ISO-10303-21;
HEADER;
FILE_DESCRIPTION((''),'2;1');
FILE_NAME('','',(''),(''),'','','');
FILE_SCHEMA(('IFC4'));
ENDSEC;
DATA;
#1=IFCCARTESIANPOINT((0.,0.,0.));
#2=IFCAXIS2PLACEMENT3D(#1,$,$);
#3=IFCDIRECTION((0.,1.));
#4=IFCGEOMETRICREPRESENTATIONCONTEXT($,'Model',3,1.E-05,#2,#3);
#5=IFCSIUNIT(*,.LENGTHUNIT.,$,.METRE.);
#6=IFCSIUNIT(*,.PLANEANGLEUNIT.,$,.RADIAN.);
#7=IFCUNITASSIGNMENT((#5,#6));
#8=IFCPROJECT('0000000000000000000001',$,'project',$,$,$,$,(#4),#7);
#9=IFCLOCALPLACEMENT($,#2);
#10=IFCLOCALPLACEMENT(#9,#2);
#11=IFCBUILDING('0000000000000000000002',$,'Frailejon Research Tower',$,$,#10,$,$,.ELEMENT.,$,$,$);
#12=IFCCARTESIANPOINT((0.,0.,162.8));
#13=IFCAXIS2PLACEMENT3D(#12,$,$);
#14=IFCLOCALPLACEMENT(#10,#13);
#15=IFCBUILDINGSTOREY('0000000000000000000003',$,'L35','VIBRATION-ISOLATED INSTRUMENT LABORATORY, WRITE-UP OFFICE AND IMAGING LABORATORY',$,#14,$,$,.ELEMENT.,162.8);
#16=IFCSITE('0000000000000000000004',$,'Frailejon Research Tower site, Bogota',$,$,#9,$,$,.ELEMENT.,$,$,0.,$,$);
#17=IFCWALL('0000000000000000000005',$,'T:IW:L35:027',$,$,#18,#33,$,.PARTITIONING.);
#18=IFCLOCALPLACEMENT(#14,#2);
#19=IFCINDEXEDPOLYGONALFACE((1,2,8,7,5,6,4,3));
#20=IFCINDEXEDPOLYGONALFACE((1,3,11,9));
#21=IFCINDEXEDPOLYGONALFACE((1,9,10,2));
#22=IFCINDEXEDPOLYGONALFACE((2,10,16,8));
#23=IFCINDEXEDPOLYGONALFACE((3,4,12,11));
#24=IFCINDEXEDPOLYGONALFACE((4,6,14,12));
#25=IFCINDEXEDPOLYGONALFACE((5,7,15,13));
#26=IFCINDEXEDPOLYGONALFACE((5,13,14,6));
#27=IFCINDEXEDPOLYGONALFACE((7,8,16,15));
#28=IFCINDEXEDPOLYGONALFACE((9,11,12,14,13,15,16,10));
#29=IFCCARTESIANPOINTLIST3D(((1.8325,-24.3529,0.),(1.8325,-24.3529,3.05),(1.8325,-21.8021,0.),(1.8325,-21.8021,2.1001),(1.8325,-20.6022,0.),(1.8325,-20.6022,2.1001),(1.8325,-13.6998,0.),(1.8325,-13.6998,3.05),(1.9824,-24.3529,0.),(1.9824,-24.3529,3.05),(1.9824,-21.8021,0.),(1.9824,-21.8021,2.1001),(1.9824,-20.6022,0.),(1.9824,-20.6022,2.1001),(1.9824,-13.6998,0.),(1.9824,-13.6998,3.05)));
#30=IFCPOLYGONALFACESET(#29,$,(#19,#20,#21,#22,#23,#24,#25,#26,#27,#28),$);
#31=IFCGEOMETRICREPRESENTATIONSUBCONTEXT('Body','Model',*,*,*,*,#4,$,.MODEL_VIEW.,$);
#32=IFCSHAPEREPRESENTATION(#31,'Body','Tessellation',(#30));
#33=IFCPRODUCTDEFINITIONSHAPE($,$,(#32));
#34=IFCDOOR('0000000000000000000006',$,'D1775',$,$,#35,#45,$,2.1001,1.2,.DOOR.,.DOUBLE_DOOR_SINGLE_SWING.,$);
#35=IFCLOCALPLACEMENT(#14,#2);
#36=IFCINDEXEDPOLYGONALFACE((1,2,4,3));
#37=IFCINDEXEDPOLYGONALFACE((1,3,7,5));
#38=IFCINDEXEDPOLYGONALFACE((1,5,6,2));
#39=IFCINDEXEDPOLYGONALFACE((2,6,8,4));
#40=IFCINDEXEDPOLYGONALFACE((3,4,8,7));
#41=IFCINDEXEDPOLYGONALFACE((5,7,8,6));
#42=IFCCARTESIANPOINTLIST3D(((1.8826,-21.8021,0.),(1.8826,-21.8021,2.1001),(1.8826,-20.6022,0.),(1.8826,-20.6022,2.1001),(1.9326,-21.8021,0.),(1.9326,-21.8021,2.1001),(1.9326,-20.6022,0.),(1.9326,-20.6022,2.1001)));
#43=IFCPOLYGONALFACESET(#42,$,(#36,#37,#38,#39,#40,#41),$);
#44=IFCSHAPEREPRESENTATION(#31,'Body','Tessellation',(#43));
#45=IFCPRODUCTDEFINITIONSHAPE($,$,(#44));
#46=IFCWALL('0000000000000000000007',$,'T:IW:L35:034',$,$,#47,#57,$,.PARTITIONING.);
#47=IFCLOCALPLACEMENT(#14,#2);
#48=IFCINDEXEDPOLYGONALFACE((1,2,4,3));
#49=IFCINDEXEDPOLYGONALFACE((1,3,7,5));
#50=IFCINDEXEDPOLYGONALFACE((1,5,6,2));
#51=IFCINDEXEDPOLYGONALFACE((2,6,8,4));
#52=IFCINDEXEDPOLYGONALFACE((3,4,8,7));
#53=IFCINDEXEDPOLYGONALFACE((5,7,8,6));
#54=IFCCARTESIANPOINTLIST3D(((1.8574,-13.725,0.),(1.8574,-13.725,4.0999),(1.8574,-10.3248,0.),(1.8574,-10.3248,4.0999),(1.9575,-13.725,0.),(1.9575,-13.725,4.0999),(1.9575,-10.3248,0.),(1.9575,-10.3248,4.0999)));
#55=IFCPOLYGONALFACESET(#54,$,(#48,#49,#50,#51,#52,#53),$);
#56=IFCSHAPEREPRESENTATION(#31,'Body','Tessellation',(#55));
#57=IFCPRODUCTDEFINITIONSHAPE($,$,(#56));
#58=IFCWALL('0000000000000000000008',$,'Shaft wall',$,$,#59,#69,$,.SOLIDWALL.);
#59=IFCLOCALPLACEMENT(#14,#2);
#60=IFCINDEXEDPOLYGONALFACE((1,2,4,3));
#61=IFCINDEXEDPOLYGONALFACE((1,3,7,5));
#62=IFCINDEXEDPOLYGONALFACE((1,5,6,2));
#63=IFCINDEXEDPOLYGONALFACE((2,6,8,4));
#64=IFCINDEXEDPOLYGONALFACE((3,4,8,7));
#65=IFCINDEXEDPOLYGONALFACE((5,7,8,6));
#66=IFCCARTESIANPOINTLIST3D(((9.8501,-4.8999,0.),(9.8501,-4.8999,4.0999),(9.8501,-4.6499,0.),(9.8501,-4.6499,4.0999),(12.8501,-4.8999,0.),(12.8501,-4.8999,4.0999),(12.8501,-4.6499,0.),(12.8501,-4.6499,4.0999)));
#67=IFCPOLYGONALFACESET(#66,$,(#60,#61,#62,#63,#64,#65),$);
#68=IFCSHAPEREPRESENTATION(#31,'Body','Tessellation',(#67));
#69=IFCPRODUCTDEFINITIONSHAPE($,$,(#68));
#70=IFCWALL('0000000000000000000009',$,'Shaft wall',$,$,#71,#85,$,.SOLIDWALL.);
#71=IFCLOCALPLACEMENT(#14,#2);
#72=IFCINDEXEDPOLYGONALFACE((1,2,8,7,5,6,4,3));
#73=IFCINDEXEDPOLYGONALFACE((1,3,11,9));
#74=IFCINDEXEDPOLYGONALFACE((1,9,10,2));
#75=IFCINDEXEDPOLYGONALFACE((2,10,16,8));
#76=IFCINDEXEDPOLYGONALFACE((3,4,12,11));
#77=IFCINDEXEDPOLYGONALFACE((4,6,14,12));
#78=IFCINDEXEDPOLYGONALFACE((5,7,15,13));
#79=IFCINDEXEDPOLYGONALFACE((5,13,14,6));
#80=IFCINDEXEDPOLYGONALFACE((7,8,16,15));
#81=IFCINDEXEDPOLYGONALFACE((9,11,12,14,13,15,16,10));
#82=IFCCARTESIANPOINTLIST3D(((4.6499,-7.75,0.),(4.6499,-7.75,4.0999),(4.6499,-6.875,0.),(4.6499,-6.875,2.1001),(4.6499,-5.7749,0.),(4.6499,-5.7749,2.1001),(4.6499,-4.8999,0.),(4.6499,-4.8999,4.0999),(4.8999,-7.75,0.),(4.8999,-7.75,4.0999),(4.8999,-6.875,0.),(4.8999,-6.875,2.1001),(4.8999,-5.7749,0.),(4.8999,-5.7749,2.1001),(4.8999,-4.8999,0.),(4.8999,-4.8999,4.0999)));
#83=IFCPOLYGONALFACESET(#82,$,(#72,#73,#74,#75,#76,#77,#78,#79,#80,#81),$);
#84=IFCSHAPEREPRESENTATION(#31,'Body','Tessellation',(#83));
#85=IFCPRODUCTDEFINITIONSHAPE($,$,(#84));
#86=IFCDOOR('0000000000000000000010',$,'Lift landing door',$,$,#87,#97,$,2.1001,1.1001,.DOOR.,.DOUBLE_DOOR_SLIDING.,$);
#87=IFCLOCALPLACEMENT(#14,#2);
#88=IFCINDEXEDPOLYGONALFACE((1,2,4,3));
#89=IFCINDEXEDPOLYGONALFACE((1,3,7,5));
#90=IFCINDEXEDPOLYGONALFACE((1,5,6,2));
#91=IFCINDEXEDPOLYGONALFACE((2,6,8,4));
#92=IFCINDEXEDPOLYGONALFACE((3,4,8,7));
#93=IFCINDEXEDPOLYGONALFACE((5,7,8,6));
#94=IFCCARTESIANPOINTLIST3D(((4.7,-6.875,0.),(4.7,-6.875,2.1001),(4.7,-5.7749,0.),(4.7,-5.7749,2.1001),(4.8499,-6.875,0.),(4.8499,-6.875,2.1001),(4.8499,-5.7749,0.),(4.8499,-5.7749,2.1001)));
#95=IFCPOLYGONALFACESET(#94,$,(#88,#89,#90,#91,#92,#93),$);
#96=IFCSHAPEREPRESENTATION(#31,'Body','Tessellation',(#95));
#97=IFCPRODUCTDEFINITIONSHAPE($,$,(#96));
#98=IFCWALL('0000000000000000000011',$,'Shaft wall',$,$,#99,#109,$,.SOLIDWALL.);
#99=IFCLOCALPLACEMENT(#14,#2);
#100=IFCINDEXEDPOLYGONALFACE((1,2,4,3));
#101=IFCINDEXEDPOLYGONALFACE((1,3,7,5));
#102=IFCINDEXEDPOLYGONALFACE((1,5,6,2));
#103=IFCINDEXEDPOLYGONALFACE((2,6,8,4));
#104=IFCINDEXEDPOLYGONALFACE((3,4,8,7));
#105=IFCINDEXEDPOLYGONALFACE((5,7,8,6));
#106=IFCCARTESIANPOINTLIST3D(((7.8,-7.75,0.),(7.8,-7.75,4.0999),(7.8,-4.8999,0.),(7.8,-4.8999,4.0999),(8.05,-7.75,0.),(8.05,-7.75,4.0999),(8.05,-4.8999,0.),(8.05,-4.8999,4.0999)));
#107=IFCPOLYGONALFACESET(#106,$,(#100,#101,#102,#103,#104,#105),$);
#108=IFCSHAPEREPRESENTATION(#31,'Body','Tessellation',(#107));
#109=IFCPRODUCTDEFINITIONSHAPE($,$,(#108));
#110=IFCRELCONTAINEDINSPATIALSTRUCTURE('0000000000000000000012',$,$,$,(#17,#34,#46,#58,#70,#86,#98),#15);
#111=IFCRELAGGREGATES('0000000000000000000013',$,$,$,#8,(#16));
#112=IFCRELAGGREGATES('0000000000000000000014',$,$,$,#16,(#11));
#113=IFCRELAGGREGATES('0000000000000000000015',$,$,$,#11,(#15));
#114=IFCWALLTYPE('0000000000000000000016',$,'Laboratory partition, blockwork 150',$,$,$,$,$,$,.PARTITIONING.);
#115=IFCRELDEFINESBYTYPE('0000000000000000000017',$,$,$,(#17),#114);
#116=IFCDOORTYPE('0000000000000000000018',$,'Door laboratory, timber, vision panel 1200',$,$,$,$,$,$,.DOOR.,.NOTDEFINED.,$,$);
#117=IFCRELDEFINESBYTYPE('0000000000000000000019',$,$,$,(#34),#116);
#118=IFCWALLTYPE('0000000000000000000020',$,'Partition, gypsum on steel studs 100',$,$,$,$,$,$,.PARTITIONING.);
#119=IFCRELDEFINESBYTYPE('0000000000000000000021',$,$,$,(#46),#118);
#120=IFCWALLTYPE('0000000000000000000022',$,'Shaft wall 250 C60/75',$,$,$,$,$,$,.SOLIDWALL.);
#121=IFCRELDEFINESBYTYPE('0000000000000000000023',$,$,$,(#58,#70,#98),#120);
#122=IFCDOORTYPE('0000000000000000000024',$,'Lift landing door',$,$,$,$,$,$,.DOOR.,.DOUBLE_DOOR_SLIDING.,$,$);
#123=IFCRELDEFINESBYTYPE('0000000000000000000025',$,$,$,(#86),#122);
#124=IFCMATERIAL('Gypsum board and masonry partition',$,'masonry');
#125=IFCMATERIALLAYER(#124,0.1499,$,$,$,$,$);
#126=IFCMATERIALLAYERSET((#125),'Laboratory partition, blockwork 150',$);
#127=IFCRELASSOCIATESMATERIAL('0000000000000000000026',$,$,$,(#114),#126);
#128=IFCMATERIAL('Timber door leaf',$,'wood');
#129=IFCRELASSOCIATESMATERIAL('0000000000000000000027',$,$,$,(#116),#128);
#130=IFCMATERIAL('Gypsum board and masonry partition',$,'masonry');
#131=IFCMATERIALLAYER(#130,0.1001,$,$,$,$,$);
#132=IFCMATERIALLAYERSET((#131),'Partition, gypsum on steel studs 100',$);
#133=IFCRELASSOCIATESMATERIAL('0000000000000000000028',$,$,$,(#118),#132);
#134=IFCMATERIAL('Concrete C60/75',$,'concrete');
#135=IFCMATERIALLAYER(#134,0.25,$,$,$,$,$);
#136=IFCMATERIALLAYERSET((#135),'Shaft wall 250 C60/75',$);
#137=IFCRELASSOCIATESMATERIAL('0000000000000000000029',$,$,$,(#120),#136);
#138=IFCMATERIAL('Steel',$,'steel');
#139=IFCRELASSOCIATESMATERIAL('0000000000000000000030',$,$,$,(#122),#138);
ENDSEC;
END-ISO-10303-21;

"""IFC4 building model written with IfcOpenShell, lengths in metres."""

from ifc_helpers import new_model, si_unit, direction, frame, frame_2d, origin, place, context, subcontext, project, spatial, rectangle, extrude, material, layer, layer_set, type_object, element, fill, save


model = new_model("IFC4")

# Units and contexts
model_context = context("Model", 3, precision=1e-05, world=origin(), true_north=direction((0.0, 1.0)))
body_context = subcontext(model_context, "Body", "Model", "MODEL_VIEW")
ifc_project = project(units=[si_unit("LENGTHUNIT", "METRE"), si_unit("PLANEANGLEUNIT", "RADIAN")], contexts=[model_context])

# Site, building, storey
site_placement = place(None, origin())
site = spatial("IfcSite", under=ifc_project, at=site_placement, Name="Frailejon Research Tower site, Bogota", CompositionType="ELEMENT", RefElevation=0.0)
building_placement = place(site_placement, origin())
building = spatial("IfcBuilding", under=site, at=building_placement, Name="Frailejon Research Tower", CompositionType="ELEMENT")
storey_placement = place(building_placement, frame((0.0, 0.0, 162.8)))
storey = spatial("IfcBuildingStorey", under=building, at=storey_placement, Name="L35", Description="VIBRATION-ISOLATED INSTRUMENT LABORATORY, WRITE-UP OFFICE AND IMAGING LABORATORY", CompositionType="ELEMENT", Elevation=162.8)

# Shared definitions
ifc_material_1 = material(Name="Gypsum board and masonry partition", Category="masonry")
ifc_layer_1 = layer(ifc_material_1, 0.1499)
ifc_layer_set_1 = layer_set([ifc_layer_1], Name="Laboratory partition, blockwork 150")
wall_type_1 = type_object("IfcWallType", Name="Laboratory partition, blockwork 150", PredefinedType="PARTITIONING", material=ifc_layer_set_1)

# Wall, opening, door
wall_1_placement = place(storey_placement, frame((1.9075, -24.353, 0.0), z_axis=(0.0, 0.0, 1.0), x_axis=(0.0, 1.0, 0.0)))
wall_1 = element("IfcWall", 1, at=wall_1_placement, inside=storey, type_object=wall_type_1, Name="T:IW:L35:027", PredefinedType="PARTITIONING", context=body_context, shape_type="SweptSolid", body=[
    extrude(rectangle(XDim=10.6531, YDim=0.1499, at=frame_2d((5.3267, 0.0))), origin(), (0.0, 0.0, 1.0), 3.05),
])
opening_1_placement = place(wall_1_placement, frame((2.5508, 0.0, 0.0)))
opening_1 = element("IfcOpeningElement", 2, at=opening_1_placement, cuts=wall_1, PredefinedType="OPENING", context=body_context, shape_type="SweptSolid", body=[
    extrude(rectangle(XDim=1.2, YDim=2.1001, at=frame_2d((0.6001, 1.05))), frame((0.0, 0.085, 0.0), z_axis=(0.0, -1.0, 0.0), x_axis=(1.0, 0.0, 0.0)), (0.0, 0.0, 1.0), 0.1699),
])
ifc_material_2 = material(Name="Timber door leaf", Category="wood")
door_type_1 = type_object("IfcDoorType", Name="Door laboratory, timber, vision panel 1200", OperationType="NOTDEFINED", PredefinedType="DOOR", material=ifc_material_2)
door_1_placement = place(opening_1_placement, origin())
door_1 = element("IfcDoor", 3, at=door_1_placement, inside=storey, type_object=door_type_1, Name="D1775", OperationType="DOUBLE_DOOR_SINGLE_SWING", OverallHeight=2.1001, OverallWidth=1.2, PredefinedType="DOOR", context=body_context, shape_type="SweptSolid", body=[
    extrude(rectangle(XDim=1.2, YDim=2.1001, at=frame_2d((0.6001, 1.05))), frame((0.0, 0.0249, 0.0), z_axis=(0.0, -1.0, 0.0), x_axis=(1.0, 0.0, 0.0)), (0.0, 0.0, 1.0), 0.05),
])
fill(opening_1, door_1)

# Walls
ifc_material_3 = material(Name="Gypsum board and masonry partition", Category="masonry")
ifc_layer_2 = layer(ifc_material_3, 0.1001)
ifc_layer_set_2 = layer_set([ifc_layer_2], Name="Partition, gypsum on steel studs 100")
wall_type_2 = type_object("IfcWallType", Name="Partition, gypsum on steel studs 100", PredefinedType="PARTITIONING", material=ifc_layer_set_2)
wall_2_placement = place(storey_placement, frame((1.9075, -13.7251, 0.0), z_axis=(0.0, 0.0, 1.0), x_axis=(0.0, 1.0, 0.0)))
element("IfcWall", 4, at=wall_2_placement, inside=storey, type_object=wall_type_2, Name="T:IW:L35:034", PredefinedType="PARTITIONING", context=body_context, shape_type="SweptSolid", body=[
    extrude(rectangle(XDim=3.4001, YDim=0.1001, at=frame_2d((1.7002, 0.0))), origin(), (0.0, 0.0, 1.0), 4.0999),
])
ifc_material_4 = material(Name="Concrete C60/75", Category="concrete")
ifc_layer_3 = layer(ifc_material_4, 0.25)
ifc_layer_set_3 = layer_set([ifc_layer_3], Name="Shaft wall 250 C60/75")
wall_type_3 = type_object("IfcWallType", Name="Shaft wall 250 C60/75", PredefinedType="SOLIDWALL", material=ifc_layer_set_3)
wall_3_placement = place(storey_placement, frame((9.8501, -4.7749, 0.0), z_axis=(0.0, 0.0, 1.0), x_axis=(1.0, 0.0, 0.0)))
element("IfcWall", 5, at=wall_3_placement, inside=storey, type_object=wall_type_3, Name="Shaft wall", PredefinedType="SOLIDWALL", context=body_context, shape_type="SweptSolid", body=[
    extrude(rectangle(XDim=3.0, YDim=0.25, at=frame_2d((1.5, 0.0))), origin(), (0.0, 0.0, 1.0), 4.0999),
])

# Wall, opening, door
wall_4_placement = place(storey_placement, frame((4.7749, -7.75, 0.0), z_axis=(0.0, 0.0, 1.0), x_axis=(0.0, 1.0, 0.0)))
wall_4 = element("IfcWall", 6, at=wall_4_placement, inside=storey, type_object=wall_type_3, Name="Shaft wall", PredefinedType="SOLIDWALL", context=body_context, shape_type="SweptSolid", body=[
    extrude(rectangle(XDim=2.8501, YDim=0.25, at=frame_2d((1.425, 0.0))), origin(), (0.0, 0.0, 1.0), 4.0999),
])
opening_2_placement = place(wall_4_placement, frame((0.875, 0.0, 0.0)))
opening_2 = element("IfcOpeningElement", 7, at=opening_2_placement, cuts=wall_4, PredefinedType="OPENING", context=body_context, shape_type="SweptSolid", body=[
    extrude(rectangle(XDim=1.1001, YDim=2.1001, at=frame_2d((0.55, 1.05))), frame((0.0, 0.135, 0.0), z_axis=(0.0, -1.0, 0.0), x_axis=(1.0, 0.0, 0.0)), (0.0, 0.0, 1.0), 0.27),
])
ifc_material_5 = material(Name="Steel", Category="steel")
door_type_2 = type_object("IfcDoorType", Name="Lift landing door", OperationType="DOUBLE_DOOR_SLIDING", PredefinedType="DOOR", material=ifc_material_5)
door_2_placement = place(opening_2_placement, origin())
door_2 = element("IfcDoor", 8, at=door_2_placement, inside=storey, type_object=door_type_2, Name="Lift landing door", OperationType="DOUBLE_DOOR_SLIDING", OverallHeight=2.1001, OverallWidth=1.1001, PredefinedType="DOOR", context=body_context, shape_type="SweptSolid", body=[
    extrude(rectangle(XDim=1.1001, YDim=2.1001, at=frame_2d((0.55, 1.05))), frame((0.0, 0.075, 0.0), z_axis=(0.0, -1.0, 0.0), x_axis=(1.0, 0.0, 0.0)), (0.0, 0.0, 1.0), 0.1499),
])
fill(opening_2, door_2)

# Wall
wall_5_placement = place(storey_placement, frame((7.925, -7.75, 0.0), z_axis=(0.0, 0.0, 1.0), x_axis=(0.0, 1.0, 0.0)))
element("IfcWall", 9, at=wall_5_placement, inside=storey, type_object=wall_type_3, Name="Shaft wall", PredefinedType="SOLIDWALL", context=body_context, shape_type="SweptSolid", body=[
    extrude(rectangle(XDim=2.8501, YDim=0.25, at=frame_2d((1.425, 0.0))), origin(), (0.0, 0.0, 1.0), 4.0999),
])

save(model, "model.ifc")
